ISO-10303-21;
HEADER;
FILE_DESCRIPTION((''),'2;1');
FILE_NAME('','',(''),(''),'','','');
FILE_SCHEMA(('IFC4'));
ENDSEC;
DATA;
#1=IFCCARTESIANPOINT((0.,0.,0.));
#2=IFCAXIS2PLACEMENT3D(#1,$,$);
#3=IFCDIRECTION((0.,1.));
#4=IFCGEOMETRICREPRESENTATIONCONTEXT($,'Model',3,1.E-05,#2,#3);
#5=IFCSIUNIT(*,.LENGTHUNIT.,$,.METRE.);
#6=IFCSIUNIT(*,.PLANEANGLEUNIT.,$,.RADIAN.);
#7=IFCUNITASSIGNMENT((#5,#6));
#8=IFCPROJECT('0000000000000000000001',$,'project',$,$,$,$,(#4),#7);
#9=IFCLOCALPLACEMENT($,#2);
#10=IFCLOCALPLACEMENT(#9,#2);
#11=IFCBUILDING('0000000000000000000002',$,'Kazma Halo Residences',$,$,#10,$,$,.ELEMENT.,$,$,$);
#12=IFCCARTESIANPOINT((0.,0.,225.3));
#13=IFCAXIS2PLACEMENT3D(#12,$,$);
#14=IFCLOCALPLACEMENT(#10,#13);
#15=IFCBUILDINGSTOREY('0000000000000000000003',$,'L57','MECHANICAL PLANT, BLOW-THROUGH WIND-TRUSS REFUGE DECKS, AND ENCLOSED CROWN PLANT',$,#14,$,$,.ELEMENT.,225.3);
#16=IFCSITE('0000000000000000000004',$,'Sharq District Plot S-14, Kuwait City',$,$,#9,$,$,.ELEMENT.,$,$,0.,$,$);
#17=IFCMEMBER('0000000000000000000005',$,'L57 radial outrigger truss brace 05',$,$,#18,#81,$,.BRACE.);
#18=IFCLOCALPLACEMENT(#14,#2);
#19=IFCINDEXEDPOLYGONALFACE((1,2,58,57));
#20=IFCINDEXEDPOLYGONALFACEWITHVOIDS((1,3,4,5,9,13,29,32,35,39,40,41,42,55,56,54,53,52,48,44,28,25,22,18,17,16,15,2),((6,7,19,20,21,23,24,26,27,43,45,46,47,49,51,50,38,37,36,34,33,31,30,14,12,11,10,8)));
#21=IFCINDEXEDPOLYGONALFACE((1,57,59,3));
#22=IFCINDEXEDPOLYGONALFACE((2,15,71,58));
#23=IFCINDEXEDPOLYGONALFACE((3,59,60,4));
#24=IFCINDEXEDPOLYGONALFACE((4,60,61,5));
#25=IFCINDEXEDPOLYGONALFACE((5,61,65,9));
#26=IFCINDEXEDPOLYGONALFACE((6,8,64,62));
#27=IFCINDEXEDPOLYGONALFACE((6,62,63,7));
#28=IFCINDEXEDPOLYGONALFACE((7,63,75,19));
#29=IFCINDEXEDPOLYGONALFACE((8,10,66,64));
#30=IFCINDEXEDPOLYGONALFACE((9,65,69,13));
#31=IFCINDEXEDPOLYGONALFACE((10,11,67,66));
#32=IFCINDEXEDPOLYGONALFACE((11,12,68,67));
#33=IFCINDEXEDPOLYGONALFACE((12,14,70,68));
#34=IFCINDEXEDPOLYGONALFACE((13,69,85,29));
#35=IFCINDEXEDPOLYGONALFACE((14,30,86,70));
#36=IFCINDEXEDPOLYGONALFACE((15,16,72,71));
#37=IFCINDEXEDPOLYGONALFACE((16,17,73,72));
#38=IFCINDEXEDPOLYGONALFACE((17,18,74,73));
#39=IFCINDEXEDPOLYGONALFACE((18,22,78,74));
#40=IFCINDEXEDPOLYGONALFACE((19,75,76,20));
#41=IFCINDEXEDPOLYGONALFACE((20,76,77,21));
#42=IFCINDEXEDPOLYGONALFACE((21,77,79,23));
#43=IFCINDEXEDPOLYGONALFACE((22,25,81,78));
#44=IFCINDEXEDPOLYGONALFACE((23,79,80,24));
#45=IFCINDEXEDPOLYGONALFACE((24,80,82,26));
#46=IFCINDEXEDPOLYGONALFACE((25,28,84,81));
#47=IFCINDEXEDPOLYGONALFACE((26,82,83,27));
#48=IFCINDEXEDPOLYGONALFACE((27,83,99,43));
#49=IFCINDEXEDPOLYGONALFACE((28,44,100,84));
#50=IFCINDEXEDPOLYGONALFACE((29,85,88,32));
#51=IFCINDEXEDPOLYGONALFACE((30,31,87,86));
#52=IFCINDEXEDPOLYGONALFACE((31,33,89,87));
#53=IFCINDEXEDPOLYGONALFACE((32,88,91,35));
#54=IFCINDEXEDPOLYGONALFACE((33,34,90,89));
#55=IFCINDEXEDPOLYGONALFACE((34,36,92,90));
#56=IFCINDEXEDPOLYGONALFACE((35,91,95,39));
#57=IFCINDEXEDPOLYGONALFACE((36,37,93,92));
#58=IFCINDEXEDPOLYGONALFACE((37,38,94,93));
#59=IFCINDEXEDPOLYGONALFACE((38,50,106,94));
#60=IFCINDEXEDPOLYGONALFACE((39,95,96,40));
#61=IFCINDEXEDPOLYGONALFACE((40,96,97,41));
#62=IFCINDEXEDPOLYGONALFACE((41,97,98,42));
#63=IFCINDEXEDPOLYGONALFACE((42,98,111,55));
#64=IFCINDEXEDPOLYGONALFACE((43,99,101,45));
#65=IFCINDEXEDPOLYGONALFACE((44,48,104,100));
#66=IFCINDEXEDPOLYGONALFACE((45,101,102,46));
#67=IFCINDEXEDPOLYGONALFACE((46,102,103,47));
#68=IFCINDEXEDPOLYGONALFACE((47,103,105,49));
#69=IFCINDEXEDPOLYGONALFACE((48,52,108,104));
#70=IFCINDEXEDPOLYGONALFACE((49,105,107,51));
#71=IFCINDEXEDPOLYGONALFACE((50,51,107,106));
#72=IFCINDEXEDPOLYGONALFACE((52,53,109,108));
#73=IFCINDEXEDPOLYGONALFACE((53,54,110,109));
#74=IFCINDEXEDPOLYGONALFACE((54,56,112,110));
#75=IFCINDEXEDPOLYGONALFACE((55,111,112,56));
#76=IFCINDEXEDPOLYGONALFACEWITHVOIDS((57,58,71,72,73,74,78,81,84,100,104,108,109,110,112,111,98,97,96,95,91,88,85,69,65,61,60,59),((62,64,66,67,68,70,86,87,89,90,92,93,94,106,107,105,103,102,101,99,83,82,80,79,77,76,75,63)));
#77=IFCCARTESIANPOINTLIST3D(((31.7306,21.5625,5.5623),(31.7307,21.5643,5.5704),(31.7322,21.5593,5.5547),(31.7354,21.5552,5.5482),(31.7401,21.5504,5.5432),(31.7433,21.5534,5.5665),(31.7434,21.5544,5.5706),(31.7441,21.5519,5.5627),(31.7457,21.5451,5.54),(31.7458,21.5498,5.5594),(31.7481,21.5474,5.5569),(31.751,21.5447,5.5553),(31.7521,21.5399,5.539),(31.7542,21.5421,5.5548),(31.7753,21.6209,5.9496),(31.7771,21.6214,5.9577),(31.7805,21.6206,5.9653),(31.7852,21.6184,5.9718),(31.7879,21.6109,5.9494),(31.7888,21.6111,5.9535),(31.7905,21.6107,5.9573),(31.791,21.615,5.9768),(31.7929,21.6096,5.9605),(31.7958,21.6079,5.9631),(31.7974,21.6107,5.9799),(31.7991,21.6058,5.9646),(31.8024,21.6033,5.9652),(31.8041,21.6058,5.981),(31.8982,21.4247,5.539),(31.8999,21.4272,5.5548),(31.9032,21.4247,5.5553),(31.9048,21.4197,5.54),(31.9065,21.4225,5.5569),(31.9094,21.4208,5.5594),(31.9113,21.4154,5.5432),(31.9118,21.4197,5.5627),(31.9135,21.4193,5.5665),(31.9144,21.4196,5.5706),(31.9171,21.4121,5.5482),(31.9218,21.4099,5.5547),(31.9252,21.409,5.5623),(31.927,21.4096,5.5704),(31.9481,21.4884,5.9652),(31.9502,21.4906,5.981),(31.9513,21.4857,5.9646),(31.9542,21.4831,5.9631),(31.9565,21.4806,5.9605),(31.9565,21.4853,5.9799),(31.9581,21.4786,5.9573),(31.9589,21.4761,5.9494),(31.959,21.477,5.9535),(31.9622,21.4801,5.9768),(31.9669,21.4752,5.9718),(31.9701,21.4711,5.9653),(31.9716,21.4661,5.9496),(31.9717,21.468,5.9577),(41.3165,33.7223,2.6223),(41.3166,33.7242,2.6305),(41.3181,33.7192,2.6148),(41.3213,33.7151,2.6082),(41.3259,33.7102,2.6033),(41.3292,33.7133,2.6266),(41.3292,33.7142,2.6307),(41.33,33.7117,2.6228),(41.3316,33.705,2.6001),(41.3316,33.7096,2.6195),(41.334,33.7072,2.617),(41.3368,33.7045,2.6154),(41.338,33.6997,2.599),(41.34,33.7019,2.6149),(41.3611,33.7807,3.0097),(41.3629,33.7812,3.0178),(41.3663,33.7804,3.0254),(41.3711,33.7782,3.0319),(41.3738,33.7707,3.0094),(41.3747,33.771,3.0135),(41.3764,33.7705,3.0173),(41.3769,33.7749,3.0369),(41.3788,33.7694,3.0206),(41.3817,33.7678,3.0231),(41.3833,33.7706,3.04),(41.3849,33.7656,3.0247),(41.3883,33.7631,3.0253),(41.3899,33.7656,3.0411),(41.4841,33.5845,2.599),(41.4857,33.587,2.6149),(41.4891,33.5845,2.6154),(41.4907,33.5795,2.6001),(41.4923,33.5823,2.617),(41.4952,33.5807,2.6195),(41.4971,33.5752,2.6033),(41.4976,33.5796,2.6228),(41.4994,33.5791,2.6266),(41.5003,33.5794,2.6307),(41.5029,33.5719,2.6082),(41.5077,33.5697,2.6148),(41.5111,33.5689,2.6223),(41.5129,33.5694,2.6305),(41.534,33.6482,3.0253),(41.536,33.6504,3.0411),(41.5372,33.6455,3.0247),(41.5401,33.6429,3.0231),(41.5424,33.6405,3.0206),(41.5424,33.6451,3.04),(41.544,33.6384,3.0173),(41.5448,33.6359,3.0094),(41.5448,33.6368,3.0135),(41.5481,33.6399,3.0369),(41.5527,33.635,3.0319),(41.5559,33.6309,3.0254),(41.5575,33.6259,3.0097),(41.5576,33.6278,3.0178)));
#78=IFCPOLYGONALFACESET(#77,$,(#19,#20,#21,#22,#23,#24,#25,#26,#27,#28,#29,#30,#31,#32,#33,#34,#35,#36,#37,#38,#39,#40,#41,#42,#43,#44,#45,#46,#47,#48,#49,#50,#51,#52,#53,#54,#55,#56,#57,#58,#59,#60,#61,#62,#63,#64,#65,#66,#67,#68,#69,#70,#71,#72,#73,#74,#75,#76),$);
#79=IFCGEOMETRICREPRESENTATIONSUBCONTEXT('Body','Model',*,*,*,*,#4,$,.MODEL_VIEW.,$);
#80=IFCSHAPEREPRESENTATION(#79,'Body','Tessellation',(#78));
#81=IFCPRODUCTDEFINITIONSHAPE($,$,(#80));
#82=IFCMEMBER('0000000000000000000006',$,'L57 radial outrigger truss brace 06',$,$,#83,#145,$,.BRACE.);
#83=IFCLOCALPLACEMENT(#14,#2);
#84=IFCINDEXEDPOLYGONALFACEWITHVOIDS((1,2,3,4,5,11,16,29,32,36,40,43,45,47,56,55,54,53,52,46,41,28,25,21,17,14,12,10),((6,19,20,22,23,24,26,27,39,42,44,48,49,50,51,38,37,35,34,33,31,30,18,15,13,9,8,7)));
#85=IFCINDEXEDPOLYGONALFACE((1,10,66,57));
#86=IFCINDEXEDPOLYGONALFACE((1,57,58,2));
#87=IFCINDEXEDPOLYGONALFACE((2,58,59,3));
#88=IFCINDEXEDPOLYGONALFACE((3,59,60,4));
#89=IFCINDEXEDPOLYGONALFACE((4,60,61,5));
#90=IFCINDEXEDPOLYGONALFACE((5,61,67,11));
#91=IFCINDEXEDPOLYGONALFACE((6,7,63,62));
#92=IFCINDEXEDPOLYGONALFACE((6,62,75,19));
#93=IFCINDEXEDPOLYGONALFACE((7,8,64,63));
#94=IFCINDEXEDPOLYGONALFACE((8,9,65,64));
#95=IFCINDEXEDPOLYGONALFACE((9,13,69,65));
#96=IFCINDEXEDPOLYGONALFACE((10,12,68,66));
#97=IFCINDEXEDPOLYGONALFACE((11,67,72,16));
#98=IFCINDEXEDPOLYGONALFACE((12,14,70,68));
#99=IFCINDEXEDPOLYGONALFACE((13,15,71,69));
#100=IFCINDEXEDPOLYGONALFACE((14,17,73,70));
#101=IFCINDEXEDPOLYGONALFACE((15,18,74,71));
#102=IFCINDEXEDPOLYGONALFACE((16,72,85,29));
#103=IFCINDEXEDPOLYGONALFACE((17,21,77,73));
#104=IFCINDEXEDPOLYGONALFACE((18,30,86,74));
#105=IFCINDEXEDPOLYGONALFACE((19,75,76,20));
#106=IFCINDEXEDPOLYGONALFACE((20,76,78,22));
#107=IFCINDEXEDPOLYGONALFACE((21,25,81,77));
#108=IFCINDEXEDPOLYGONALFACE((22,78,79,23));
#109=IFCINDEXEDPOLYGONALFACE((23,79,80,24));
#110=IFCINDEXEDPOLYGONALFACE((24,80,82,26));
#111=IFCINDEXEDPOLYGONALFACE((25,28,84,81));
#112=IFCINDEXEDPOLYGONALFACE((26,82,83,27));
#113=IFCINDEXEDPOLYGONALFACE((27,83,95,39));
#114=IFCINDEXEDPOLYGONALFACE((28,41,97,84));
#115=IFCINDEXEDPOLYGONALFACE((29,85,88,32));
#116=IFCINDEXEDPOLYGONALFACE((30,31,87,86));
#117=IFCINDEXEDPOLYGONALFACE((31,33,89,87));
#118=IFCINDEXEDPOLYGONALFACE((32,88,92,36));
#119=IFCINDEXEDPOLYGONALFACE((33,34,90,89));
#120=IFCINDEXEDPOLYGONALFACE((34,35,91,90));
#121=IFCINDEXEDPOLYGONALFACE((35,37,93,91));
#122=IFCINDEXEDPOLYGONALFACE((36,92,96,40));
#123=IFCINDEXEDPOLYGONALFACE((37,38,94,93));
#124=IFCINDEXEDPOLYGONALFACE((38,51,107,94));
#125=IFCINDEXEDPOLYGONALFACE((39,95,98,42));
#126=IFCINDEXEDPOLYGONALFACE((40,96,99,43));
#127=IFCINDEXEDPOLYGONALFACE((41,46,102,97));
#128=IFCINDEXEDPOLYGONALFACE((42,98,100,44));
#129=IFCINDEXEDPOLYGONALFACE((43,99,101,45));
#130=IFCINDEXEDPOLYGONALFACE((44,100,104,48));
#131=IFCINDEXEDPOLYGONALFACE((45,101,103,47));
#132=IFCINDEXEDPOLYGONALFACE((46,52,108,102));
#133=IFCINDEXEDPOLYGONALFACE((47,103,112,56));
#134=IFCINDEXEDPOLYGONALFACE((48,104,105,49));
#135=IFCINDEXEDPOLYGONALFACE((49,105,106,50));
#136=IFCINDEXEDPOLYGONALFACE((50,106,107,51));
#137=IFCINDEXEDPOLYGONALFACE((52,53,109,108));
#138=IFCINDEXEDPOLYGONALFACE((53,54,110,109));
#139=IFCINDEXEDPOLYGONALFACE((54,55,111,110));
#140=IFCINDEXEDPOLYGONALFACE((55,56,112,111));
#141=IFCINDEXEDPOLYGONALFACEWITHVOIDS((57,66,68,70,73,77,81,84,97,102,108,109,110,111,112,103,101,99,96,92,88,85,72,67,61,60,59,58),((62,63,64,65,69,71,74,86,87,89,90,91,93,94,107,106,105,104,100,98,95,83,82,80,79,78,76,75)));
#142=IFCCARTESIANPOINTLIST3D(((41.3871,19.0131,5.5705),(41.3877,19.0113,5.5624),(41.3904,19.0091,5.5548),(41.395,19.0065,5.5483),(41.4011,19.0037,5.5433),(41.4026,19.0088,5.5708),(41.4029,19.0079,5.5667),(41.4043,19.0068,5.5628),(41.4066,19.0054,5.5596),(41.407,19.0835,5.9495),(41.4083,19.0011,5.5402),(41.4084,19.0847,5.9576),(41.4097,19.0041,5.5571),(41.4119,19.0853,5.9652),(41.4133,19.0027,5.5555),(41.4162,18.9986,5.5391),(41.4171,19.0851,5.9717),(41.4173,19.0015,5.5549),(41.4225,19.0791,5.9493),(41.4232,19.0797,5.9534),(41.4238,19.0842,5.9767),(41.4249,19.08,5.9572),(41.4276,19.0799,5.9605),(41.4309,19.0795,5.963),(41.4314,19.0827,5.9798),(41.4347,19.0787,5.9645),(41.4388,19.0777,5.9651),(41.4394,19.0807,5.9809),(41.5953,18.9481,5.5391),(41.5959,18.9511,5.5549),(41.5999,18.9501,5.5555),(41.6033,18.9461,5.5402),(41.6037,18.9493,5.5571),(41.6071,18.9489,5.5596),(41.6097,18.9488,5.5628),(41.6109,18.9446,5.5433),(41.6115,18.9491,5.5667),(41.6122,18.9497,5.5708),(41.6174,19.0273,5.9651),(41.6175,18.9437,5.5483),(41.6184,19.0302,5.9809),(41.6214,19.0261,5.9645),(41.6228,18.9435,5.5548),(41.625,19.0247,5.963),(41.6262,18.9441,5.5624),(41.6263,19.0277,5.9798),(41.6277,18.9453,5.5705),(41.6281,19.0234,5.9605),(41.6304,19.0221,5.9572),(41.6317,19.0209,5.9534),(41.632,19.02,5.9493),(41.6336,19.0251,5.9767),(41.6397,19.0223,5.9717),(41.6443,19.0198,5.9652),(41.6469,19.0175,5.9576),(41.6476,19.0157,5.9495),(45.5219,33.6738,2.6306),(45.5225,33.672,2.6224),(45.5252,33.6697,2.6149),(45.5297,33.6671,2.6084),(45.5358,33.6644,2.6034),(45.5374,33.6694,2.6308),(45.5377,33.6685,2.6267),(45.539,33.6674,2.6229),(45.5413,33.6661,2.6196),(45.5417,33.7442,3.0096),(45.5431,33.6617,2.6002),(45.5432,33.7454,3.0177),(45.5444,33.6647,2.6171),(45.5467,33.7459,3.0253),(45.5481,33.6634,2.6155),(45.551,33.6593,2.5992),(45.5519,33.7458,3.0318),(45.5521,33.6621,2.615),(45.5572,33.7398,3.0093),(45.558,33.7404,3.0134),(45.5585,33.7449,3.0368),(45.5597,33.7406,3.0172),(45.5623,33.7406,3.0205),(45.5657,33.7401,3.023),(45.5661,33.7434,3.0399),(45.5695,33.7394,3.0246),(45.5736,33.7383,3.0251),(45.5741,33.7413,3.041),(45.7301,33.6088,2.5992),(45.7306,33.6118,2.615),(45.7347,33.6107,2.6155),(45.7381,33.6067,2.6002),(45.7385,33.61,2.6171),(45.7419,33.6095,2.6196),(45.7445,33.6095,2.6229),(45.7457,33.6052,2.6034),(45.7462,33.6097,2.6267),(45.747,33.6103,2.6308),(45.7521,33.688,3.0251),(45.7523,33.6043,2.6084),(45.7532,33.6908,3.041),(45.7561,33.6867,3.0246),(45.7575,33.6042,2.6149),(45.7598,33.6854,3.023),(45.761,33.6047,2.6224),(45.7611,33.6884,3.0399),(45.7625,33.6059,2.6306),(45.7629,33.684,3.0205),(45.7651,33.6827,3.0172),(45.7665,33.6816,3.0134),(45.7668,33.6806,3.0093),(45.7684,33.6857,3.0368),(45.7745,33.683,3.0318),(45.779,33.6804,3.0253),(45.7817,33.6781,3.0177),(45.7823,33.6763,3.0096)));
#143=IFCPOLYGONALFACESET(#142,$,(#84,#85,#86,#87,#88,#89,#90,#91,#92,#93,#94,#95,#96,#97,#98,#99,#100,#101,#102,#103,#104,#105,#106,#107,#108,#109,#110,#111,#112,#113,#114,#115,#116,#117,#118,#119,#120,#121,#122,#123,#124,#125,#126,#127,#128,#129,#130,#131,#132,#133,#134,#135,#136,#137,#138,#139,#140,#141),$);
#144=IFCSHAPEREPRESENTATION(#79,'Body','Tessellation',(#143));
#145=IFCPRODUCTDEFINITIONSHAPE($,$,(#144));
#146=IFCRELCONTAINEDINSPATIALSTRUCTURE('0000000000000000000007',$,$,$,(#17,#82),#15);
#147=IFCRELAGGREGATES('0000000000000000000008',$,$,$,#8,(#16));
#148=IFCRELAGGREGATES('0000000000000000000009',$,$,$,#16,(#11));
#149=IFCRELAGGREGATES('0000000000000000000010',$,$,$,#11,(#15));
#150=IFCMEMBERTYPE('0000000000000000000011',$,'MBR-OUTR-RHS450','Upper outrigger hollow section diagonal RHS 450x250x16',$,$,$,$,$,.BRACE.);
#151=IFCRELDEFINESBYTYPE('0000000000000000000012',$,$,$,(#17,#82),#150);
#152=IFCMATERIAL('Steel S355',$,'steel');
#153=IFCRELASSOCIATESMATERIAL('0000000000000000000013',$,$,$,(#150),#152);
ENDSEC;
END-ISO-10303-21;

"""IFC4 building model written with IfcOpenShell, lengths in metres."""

from ifc_helpers import new_model, si_unit, direction, frame, origin, origin_2d, place, context, subcontext, project, spatial, hollow_rectangle, extrude, material, material_profile, profile_set, type_object, element, save


model = new_model("IFC4")

# Units and contexts
model_context = context("Model", 3, precision=1e-05, world=origin(), true_north=direction((0.0, 1.0)))
body_context = subcontext(model_context, "Body", "Model", "MODEL_VIEW")
ifc_project = project(units=[si_unit("LENGTHUNIT", "METRE"), si_unit("PLANEANGLEUNIT", "RADIAN")], contexts=[model_context])

# Site, building, storey
site_placement = place(None, origin())
site = spatial("IfcSite", under=ifc_project, at=site_placement, Name="Sharq District Plot S-14, Kuwait City", CompositionType="ELEMENT", RefElevation=0.0)
building_placement = place(site_placement, origin())
building = spatial("IfcBuilding", under=site, at=building_placement, Name="Kazma Halo Residences", CompositionType="ELEMENT")
storey_placement = place(building_placement, frame((0.0, 0.0, 225.3)))
storey = spatial("IfcBuildingStorey", under=building, at=storey_placement, Name="L57", Description="MECHANICAL PLANT, BLOW-THROUGH WIND-TRUSS REFUGE DECKS, AND ENCLOSED CROWN PLANT", CompositionType="ELEMENT", Elevation=225.3)

# Shared definitions
ifc_material_1 = material(Name="Steel S355", Category="steel")

# Members
ifc_material_profile_1 = material_profile(ifc_material_1, hollow_rectangle(XDim=0.25, YDim=0.45, WallThickness=0.0161, InnerFilletRadius=0.0161, OuterFilletRadius=0.032, at=origin_2d()), Name="RHS450x250x16")
ifc_profile_set_1 = profile_set([ifc_material_profile_1], Name="Steel S355")
member_type_1 = type_object("IfcMemberType", Name="MBR-OUTR-RHS450", Description="Upper outrigger hollow section diagonal RHS 450x250x16", PredefinedType="BRACE", material=ifc_profile_set_1)
member_1_placement = place(storey_placement, frame((41.437, 33.675, 2.8201), z_axis=(-0.608221, -0.771538, 0.186537), x_axis=(0.785322, -0.619087, 0.0)))
element("IfcMember", 1, at=member_1_placement, inside=storey, type_object=member_type_1, Name="L57 radial outrigger truss brace 05", PredefinedType="BRACE", context=body_context, shape_type="SweptSolid", body=[
    extrude(hollow_rectangle(XDim=0.25, YDim=0.45, WallThickness=0.0161, InnerFilletRadius=0.0161, OuterFilletRadius=0.032, at=origin_2d()), origin(), (0.0, 0.0, 1.0), 15.7605),
])
member_2_placement = place(storey_placement, frame((45.6521, 33.675, 2.8201), z_axis=(-0.266524, -0.945014, 0.189506), x_axis=(0.962455, -0.271443, 0.0)))
element("IfcMember", 2, at=member_2_placement, inside=storey, type_object=member_type_1, Name="L57 radial outrigger truss brace 06", PredefinedType="BRACE", context=body_context, shape_type="SweptSolid", body=[
    extrude(hollow_rectangle(XDim=0.25, YDim=0.45, WallThickness=0.0161, InnerFilletRadius=0.0161, OuterFilletRadius=0.032, at=origin_2d()), origin(), (0.0, 0.0, 1.0), 15.5137),
])

save(model, "model.ifc")
